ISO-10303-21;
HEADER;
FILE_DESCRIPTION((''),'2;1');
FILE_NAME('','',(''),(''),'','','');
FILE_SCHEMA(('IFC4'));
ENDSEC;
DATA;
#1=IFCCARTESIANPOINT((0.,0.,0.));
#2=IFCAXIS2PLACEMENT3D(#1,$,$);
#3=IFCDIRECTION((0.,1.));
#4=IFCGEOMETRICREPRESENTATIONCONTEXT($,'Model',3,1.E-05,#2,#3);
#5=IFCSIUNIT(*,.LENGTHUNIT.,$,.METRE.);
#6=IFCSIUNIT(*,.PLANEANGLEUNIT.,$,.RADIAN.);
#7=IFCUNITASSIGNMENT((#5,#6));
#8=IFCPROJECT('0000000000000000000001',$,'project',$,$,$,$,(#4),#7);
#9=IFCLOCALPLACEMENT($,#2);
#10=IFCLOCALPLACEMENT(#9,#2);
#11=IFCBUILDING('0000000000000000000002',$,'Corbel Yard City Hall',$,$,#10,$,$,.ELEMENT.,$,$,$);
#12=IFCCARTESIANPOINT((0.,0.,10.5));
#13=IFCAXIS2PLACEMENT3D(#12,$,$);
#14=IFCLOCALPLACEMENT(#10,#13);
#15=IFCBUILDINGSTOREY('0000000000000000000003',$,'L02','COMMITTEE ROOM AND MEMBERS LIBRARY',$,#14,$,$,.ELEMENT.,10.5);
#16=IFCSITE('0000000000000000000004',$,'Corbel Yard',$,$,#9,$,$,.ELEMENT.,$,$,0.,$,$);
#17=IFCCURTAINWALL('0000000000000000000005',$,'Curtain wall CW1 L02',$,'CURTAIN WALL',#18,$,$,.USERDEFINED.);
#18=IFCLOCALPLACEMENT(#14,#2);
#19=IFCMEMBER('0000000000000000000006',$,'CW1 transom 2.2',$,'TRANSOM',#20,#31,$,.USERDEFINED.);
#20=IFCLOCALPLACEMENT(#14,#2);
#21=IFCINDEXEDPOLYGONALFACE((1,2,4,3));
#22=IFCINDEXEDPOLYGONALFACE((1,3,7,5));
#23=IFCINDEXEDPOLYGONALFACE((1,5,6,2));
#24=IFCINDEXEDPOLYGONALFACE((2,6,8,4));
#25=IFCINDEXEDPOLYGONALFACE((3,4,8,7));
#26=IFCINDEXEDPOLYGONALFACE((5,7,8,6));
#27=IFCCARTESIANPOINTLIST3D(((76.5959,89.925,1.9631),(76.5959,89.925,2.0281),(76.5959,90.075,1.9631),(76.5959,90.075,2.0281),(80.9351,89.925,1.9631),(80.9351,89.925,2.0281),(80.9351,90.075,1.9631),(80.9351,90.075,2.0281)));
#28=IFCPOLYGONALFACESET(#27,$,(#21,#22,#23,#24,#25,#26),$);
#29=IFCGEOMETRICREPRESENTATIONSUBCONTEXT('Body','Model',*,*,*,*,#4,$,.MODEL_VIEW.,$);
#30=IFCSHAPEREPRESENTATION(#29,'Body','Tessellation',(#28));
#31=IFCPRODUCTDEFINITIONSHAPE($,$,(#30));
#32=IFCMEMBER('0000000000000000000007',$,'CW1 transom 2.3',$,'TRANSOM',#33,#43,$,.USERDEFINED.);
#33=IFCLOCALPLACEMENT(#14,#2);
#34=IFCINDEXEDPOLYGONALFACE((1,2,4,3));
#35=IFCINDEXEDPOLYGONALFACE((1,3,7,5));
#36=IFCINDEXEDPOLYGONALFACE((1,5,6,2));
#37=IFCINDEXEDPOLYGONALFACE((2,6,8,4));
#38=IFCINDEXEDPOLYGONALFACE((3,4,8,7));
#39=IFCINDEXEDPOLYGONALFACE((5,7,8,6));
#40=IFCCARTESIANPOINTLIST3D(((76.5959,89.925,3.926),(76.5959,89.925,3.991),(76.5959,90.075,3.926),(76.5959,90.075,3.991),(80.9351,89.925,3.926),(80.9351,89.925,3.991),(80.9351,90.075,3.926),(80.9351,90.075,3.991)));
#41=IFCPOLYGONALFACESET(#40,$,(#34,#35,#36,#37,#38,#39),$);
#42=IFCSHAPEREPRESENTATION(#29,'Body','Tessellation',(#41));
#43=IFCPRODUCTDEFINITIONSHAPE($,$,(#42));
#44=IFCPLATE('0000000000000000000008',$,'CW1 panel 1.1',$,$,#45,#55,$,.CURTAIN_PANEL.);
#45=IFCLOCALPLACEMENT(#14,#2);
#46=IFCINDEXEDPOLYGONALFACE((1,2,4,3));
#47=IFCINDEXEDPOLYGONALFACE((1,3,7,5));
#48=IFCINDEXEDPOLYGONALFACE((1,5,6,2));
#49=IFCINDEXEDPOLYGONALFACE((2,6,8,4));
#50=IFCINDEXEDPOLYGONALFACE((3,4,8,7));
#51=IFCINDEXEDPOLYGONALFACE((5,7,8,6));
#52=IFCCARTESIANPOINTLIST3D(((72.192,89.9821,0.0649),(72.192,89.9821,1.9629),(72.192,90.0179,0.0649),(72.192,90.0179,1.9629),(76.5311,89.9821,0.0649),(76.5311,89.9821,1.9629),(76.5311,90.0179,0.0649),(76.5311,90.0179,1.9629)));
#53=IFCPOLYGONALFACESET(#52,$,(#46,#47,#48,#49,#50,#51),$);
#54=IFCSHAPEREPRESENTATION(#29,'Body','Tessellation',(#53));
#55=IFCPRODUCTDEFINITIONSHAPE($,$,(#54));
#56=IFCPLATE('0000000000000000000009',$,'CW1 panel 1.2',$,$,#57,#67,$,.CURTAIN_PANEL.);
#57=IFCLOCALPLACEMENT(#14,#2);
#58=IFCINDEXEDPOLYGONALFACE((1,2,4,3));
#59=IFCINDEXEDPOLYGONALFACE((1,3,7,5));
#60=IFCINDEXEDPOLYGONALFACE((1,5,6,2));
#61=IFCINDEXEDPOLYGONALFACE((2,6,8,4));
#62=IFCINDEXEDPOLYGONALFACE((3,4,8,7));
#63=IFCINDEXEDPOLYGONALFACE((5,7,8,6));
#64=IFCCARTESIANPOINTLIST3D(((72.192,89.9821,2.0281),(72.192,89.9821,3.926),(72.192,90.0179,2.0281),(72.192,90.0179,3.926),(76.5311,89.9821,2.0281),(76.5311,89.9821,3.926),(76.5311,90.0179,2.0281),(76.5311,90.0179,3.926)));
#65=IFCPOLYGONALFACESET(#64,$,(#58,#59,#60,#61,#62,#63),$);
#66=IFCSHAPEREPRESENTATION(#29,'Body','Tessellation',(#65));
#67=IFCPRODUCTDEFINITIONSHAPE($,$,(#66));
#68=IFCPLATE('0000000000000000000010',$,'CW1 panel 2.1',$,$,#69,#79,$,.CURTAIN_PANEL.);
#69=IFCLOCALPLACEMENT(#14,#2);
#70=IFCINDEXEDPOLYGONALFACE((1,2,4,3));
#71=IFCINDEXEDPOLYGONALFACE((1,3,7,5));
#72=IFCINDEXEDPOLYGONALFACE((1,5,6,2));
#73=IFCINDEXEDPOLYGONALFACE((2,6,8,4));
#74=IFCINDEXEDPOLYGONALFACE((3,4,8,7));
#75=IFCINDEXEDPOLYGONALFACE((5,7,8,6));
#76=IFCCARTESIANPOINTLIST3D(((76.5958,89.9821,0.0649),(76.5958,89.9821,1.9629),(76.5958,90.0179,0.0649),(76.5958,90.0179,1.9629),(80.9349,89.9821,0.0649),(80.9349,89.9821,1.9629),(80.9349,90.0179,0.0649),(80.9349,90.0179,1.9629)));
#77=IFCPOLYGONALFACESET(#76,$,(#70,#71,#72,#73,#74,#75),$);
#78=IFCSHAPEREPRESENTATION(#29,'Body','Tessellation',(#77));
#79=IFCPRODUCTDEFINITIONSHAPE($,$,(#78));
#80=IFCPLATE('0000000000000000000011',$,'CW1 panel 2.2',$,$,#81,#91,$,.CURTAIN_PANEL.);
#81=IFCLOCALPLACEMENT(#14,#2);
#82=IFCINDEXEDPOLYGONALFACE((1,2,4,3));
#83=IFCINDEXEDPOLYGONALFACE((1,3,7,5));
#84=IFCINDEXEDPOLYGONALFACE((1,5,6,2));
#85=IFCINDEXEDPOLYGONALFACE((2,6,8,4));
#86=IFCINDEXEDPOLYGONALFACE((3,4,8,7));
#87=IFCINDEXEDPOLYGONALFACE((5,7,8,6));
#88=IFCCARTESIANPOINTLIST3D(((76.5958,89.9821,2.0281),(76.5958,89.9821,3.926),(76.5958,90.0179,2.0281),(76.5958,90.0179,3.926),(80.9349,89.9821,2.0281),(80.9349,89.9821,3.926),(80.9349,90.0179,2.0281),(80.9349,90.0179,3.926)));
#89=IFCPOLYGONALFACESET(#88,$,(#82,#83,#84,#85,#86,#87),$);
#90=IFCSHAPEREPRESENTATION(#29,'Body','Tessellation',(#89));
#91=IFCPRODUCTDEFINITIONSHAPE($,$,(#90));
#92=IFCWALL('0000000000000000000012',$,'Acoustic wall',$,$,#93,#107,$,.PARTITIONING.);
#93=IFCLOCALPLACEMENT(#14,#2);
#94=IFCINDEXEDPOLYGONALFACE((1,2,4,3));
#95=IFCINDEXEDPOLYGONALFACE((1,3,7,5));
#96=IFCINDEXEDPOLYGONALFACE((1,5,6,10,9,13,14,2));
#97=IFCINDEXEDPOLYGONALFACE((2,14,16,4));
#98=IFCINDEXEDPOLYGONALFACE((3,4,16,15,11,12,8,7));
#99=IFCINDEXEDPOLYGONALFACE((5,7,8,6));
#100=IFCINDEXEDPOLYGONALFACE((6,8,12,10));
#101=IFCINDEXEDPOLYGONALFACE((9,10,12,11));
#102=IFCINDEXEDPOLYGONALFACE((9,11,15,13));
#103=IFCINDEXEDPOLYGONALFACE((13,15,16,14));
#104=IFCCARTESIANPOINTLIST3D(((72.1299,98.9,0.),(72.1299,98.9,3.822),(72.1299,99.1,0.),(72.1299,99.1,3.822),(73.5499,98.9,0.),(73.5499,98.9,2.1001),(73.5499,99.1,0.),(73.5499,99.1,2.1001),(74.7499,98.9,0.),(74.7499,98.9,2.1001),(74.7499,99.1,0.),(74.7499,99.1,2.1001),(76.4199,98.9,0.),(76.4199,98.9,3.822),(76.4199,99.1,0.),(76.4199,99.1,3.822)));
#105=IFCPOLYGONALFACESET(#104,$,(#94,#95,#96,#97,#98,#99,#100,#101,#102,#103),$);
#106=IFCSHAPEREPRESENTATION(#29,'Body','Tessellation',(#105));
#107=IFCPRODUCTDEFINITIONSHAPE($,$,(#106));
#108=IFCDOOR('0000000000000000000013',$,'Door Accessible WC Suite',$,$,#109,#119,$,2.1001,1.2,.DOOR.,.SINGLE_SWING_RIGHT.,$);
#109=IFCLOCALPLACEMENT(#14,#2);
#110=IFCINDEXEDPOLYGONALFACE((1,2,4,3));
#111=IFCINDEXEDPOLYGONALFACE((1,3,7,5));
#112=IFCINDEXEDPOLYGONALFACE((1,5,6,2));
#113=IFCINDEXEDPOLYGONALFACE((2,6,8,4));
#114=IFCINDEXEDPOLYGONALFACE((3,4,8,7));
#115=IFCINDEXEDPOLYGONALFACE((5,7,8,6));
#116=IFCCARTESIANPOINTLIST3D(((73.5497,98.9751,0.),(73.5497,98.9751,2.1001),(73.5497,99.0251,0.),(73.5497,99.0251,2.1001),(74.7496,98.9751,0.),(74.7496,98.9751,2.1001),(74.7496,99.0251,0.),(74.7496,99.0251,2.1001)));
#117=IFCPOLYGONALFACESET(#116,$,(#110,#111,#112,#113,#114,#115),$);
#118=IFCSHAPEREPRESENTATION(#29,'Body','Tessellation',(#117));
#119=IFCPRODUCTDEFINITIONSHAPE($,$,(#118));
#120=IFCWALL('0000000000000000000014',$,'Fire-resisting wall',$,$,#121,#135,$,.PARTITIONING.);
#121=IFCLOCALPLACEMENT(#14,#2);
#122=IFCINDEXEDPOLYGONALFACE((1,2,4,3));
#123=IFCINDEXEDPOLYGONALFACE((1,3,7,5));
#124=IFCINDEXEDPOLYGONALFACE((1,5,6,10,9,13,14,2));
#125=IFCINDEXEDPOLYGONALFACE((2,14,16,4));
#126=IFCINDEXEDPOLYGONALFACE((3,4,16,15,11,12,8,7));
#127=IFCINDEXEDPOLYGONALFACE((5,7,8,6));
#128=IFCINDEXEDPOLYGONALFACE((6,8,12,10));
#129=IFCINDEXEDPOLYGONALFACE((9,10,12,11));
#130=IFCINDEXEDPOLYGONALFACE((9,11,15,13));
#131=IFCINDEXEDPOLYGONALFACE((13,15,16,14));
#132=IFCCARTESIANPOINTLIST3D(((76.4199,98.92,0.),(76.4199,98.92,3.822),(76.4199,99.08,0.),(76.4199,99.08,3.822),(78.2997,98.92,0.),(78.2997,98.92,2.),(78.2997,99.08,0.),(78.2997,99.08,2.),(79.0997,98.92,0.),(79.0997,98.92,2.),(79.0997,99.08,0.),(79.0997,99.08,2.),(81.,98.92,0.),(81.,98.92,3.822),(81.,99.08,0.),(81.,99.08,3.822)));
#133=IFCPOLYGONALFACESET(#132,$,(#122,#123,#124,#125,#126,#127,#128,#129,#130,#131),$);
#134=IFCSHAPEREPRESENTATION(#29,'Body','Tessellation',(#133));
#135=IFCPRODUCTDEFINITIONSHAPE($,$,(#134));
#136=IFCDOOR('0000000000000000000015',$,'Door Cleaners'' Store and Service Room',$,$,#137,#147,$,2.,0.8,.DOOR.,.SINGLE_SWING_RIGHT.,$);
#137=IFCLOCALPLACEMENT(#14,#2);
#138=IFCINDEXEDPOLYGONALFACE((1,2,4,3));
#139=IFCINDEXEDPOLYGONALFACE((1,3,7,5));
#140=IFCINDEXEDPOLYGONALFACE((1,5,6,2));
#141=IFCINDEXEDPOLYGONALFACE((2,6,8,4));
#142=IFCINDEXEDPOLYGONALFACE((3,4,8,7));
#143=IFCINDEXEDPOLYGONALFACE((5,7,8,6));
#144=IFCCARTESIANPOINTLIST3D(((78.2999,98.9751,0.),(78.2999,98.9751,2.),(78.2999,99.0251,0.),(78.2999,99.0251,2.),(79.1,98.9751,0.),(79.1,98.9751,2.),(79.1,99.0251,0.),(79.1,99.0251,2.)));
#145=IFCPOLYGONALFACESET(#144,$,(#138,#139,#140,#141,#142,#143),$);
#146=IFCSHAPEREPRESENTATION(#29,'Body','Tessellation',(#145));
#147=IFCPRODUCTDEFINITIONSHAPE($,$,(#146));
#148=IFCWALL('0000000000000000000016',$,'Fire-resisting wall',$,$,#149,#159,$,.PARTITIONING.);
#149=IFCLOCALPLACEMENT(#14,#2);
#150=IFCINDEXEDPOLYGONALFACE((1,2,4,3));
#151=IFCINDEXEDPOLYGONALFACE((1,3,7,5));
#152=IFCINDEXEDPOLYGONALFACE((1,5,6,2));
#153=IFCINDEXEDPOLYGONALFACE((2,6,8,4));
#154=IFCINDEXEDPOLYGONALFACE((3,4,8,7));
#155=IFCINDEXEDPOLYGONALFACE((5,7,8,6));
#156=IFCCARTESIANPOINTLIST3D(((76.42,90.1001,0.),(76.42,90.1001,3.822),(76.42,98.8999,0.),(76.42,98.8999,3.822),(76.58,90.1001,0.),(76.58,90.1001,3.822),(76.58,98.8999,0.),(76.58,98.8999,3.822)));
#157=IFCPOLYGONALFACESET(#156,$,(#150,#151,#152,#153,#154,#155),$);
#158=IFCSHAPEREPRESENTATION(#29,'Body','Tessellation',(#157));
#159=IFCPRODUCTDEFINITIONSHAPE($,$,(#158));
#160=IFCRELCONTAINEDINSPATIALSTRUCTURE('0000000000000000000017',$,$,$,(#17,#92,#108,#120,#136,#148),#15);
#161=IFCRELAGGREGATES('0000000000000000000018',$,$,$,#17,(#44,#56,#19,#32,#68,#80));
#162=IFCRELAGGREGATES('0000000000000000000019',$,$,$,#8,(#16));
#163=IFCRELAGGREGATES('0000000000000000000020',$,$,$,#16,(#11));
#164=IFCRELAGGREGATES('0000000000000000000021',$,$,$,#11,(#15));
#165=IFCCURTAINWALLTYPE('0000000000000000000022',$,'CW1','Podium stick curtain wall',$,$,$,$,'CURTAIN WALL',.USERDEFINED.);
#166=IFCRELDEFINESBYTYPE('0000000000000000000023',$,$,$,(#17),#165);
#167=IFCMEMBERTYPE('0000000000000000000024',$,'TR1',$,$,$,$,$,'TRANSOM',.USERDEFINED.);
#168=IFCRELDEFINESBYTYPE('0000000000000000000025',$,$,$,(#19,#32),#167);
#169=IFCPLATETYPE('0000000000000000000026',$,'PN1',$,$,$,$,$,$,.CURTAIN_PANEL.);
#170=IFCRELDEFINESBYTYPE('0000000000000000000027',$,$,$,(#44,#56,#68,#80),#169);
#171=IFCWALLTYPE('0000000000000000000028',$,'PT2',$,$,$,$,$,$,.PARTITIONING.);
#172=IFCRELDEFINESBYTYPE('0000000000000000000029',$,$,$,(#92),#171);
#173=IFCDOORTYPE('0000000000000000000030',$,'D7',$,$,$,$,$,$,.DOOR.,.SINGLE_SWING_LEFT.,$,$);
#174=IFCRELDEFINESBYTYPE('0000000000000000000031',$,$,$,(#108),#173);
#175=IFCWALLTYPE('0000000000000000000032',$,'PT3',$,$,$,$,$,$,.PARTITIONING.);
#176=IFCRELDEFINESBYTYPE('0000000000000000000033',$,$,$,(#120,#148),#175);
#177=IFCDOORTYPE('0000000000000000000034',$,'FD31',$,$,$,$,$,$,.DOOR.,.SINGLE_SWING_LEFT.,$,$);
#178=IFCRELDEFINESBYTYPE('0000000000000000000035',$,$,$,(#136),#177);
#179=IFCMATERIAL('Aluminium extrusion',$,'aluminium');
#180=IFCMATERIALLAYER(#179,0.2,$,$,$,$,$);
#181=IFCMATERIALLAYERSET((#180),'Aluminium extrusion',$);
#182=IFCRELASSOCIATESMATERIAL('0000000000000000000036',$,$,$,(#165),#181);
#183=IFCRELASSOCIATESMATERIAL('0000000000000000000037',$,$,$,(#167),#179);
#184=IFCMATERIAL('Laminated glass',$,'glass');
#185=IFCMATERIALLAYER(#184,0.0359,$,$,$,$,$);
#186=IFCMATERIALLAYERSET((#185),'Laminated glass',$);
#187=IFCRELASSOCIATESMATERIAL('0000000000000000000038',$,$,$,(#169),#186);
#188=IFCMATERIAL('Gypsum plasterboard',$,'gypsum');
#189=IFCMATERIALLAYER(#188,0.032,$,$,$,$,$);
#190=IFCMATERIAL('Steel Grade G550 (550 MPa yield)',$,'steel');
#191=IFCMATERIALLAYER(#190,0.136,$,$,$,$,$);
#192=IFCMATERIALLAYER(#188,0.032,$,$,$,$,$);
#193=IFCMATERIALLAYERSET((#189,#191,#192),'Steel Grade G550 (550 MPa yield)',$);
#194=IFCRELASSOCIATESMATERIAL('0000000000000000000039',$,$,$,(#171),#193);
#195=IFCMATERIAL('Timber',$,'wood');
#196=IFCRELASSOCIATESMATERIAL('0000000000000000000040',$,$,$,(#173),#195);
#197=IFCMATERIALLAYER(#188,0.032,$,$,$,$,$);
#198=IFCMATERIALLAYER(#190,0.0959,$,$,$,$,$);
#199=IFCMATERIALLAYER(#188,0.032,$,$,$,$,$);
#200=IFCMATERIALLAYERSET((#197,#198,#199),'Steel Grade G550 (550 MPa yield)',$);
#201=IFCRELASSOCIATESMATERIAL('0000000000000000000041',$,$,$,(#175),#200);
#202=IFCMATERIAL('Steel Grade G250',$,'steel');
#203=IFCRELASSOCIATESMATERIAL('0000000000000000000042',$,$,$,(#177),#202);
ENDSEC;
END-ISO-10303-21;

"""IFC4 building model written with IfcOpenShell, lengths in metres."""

from ifc_helpers import new_model, si_unit, direction, frame, frame_2d, origin, origin_2d, place, context, subcontext, project, spatial, rectangle, extrude, material, layer, layer_set, material_profile, profile_set, type_object, element, fill, aggregate, save


model = new_model("IFC4")

# Units and contexts
model_context = context("Model", 3, precision=1e-05, world=origin(), true_north=direction((0.0, 1.0)))
body_context = subcontext(model_context, "Body", "Model", "MODEL_VIEW")
ifc_project = project(units=[si_unit("LENGTHUNIT", "METRE"), si_unit("PLANEANGLEUNIT", "RADIAN")], contexts=[model_context])

# Site, building, storey
site_placement = place(None, origin())
site = spatial("IfcSite", under=ifc_project, at=site_placement, Name="Corbel Yard", CompositionType="ELEMENT", RefElevation=0.0)
building_placement = place(site_placement, origin())
building = spatial("IfcBuilding", under=site, at=building_placement, Name="Corbel Yard City Hall", CompositionType="ELEMENT")
storey_placement = place(building_placement, frame((0.0, 0.0, 10.5)))
storey = spatial("IfcBuildingStorey", under=building, at=storey_placement, Name="L02", Description="COMMITTEE ROOM AND MEMBERS LIBRARY", CompositionType="ELEMENT", Elevation=10.5)

# Curtain wall
ifc_material_1 = material(Name="Aluminium extrusion", Category="aluminium")
ifc_layer_1 = layer(ifc_material_1, 0.2)
ifc_layer_set_1 = layer_set([ifc_layer_1], Name="Aluminium extrusion")
curtain_wall_type = type_object("IfcCurtainWallType", Name="CW1", Description="Podium stick curtain wall", ElementType="CURTAIN WALL", PredefinedType="USERDEFINED", material=ifc_layer_set_1)
curtain_wall_placement = place(storey_placement, origin())
curtain_wall = element("IfcCurtainWall", 1, at=curtain_wall_placement, inside=storey, type_object=curtain_wall_type, Name="Curtain wall CW1 L02", ObjectType="CURTAIN WALL", PredefinedType="USERDEFINED")

# Members
ifc_material_profile_1 = material_profile(ifc_material_1, rectangle(XDim=0.1499, YDim=0.0649, at=origin_2d()), Name="150x65")
ifc_profile_set_1 = profile_set([ifc_material_profile_1], Name="Aluminium extrusion")
member_type_1 = type_object("IfcMemberType", Name="TR1", ElementType="TRANSOM", PredefinedType="USERDEFINED", material=ifc_profile_set_1)
member_1_placement = place(storey_placement, frame((76.5959, 90.0, 1.9956), z_axis=(1.0, 0.0, 0.0), x_axis=(0.0, 1.0, 0.0)))
member_1 = element("IfcMember", 2, at=member_1_placement, type_object=member_type_1, Name="CW1 transom 2.2", ObjectType="TRANSOM", PredefinedType="USERDEFINED", context=body_context, shape_type="SweptSolid", body=[
    extrude(rectangle(XDim=0.1499, YDim=0.0649, at=origin_2d()), origin(), (0.0, 0.0, 1.0), 4.3391),
])
member_2_placement = place(storey_placement, frame((76.5959, 90.0, 3.9585), z_axis=(1.0, 0.0, 0.0), x_axis=(0.0, 1.0, 0.0)))
member_2 = element("IfcMember", 3, at=member_2_placement, type_object=member_type_1, Name="CW1 transom 2.3", ObjectType="TRANSOM", PredefinedType="USERDEFINED", context=body_context, shape_type="SweptSolid", body=[
    extrude(rectangle(XDim=0.1499, YDim=0.0649, at=origin_2d()), origin(), (0.0, 0.0, 1.0), 4.3391),
])

# Plates
ifc_material_2 = material(Name="Laminated glass", Category="glass")
ifc_layer_2 = layer(ifc_material_2, 0.0359)
ifc_layer_set_2 = layer_set([ifc_layer_2], Name="Laminated glass")
plate_type = type_object("IfcPlateType", Name="PN1", PredefinedType="CURTAIN_PANEL", material=ifc_layer_set_2)
plate_1_placement = place(storey_placement, frame((74.3616, 90.0, 0.0649), z_axis=(0.0, 0.0, 1.0), x_axis=(1.0, 0.0, 0.0)))
plate_1 = element("IfcPlate", 4, at=plate_1_placement, type_object=plate_type, Name="CW1 panel 1.1", PredefinedType="CURTAIN_PANEL", context=body_context, shape_type="SweptSolid", body=[
    extrude(rectangle(XDim=4.3391, YDim=0.0359, at=origin_2d()), origin(), (0.0, 0.0, 1.0), 1.8979),
])
plate_2_placement = place(storey_placement, frame((74.3616, 90.0, 2.0281), z_axis=(0.0, 0.0, 1.0), x_axis=(1.0, 0.0, 0.0)))
plate_2 = element("IfcPlate", 5, at=plate_2_placement, type_object=plate_type, Name="CW1 panel 1.2", PredefinedType="CURTAIN_PANEL", context=body_context, shape_type="SweptSolid", body=[
    extrude(rectangle(XDim=4.3391, YDim=0.0359, at=origin_2d()), origin(), (0.0, 0.0, 1.0), 1.8979),
])
plate_3_placement = place(storey_placement, frame((78.7654, 90.0, 0.0649), z_axis=(0.0, 0.0, 1.0), x_axis=(1.0, 0.0, 0.0)))
plate_3 = element("IfcPlate", 6, at=plate_3_placement, type_object=plate_type, Name="CW1 panel 2.1", PredefinedType="CURTAIN_PANEL", context=body_context, shape_type="SweptSolid", body=[
    extrude(rectangle(XDim=4.3391, YDim=0.0359, at=origin_2d()), origin(), (0.0, 0.0, 1.0), 1.8979),
])
plate_4_placement = place(storey_placement, frame((78.7654, 90.0, 2.0281), z_axis=(0.0, 0.0, 1.0), x_axis=(1.0, 0.0, 0.0)))
plate_4 = element("IfcPlate", 7, at=plate_4_placement, type_object=plate_type, Name="CW1 panel 2.2", PredefinedType="CURTAIN_PANEL", context=body_context, shape_type="SweptSolid", body=[
    extrude(rectangle(XDim=4.3391, YDim=0.0359, at=origin_2d()), origin(), (0.0, 0.0, 1.0), 1.8979),
])
aggregate(curtain_wall, [plate_1, plate_2, member_1, member_2, plate_3, plate_4])

# Walls, openings, doors
ifc_material_3 = material(Name="Gypsum plasterboard", Category="gypsum")
ifc_layer_3 = layer(ifc_material_3, 0.032)
ifc_material_4 = material(Name="Steel Grade G550 (550 MPa yield)", Category="steel")
ifc_layer_4 = layer(ifc_material_4, 0.136)
ifc_layer_5 = layer(ifc_material_3, 0.032)
ifc_layer_set_3 = layer_set([ifc_layer_3, ifc_layer_4, ifc_layer_5], Name="Steel Grade G550 (550 MPa yield)")
wall_type_1 = type_object("IfcWallType", Name="PT2", PredefinedType="PARTITIONING", material=ifc_layer_set_3)
wall_1_placement = place(storey_placement, frame((72.1299, 99.0, 0.0), z_axis=(0.0, 0.0, 1.0), x_axis=(1.0, 0.0, 0.0)))
wall_1 = element("IfcWall", 8, at=wall_1_placement, inside=storey, type_object=wall_type_1, Name="Acoustic wall", PredefinedType="PARTITIONING", context=body_context, shape_type="SweptSolid", body=[
    extrude(rectangle(XDim=4.29, YDim=0.2, at=frame_2d((2.145, 0.0))), origin(), (0.0, 0.0, 1.0), 3.822),
])
opening_1_placement = place(wall_1_placement, frame((1.4199, 0.0, 0.0)))
opening_1 = element("IfcOpeningElement", 9, at=opening_1_placement, cuts=wall_1, PredefinedType="OPENING", context=body_context, shape_type="SweptSolid", body=[
    extrude(rectangle(XDim=1.2, YDim=2.1001, at=frame_2d((0.6001, 1.05))), frame((0.0, 0.1099, 0.0), z_axis=(0.0, -1.0, 0.0), x_axis=(1.0, 0.0, 0.0)), (0.0, 0.0, 1.0), 0.22),
])
ifc_material_5 = material(Name="Timber", Category="wood")
door_type_1 = type_object("IfcDoorType", Name="D7", OperationType="SINGLE_SWING_LEFT", PredefinedType="DOOR", material=ifc_material_5)
door_1_placement = place(opening_1_placement, frame((1.2, 0.0, 0.0), z_axis=(0.0, 0.0, 1.0), x_axis=(-1.0, 0.0, 0.0)))
door_1 = element("IfcDoor", 10, at=door_1_placement, inside=storey, type_object=door_type_1, Name="Door Accessible WC Suite", OperationType="SINGLE_SWING_RIGHT", OverallHeight=2.1001, OverallWidth=1.2, PredefinedType="DOOR", context=body_context, shape_type="SweptSolid", body=[
    extrude(rectangle(XDim=1.2, YDim=2.1001, at=frame_2d((0.6001, 1.05))), frame((0.0, 0.0249, 0.0), z_axis=(0.0, -1.0, 0.0), x_axis=(1.0, 0.0, 0.0)), (0.0, 0.0, 1.0), 0.05),
])
fill(opening_1, door_1)
ifc_layer_6 = layer(ifc_material_3, 0.032)
ifc_layer_7 = layer(ifc_material_4, 0.0959)
ifc_layer_8 = layer(ifc_material_3, 0.032)
ifc_layer_set_4 = layer_set([ifc_layer_6, ifc_layer_7, ifc_layer_8], Name="Steel Grade G550 (550 MPa yield)")
wall_type_2 = type_object("IfcWallType", Name="PT3", PredefinedType="PARTITIONING", material=ifc_layer_set_4)
wall_2_placement = place(storey_placement, frame((76.4199, 99.0, 0.0), z_axis=(0.0, 0.0, 1.0), x_axis=(1.0, 0.0, 0.0)))
wall_2 = element("IfcWall", 11, at=wall_2_placement, inside=storey, type_object=wall_type_2, Name="Fire-resisting wall", PredefinedType="PARTITIONING", context=body_context, shape_type="SweptSolid", body=[
    extrude(rectangle(XDim=4.5801, YDim=0.1599, at=frame_2d((2.29, 0.0))), origin(), (0.0, 0.0, 1.0), 3.822),
])
opening_2_placement = place(wall_2_placement, frame((1.8799, 0.0, 0.0)))
opening_2 = element("IfcOpeningElement", 12, at=opening_2_placement, cuts=wall_2, PredefinedType="OPENING", context=body_context, shape_type="SweptSolid", body=[
    extrude(rectangle(XDim=0.8, YDim=2.0, at=frame_2d((0.3999, 1.0))), frame((0.0, 0.0898, 0.0), z_axis=(0.0, -1.0, 0.0), x_axis=(1.0, 0.0, 0.0)), (0.0, 0.0, 1.0), 0.1799),
])
ifc_material_6 = material(Name="Steel Grade G250", Category="steel")
door_type_2 = type_object("IfcDoorType", Name="FD31", OperationType="SINGLE_SWING_LEFT", PredefinedType="DOOR", material=ifc_material_6)
door_2_placement = place(opening_2_placement, frame((0.8, 0.0, 0.0), z_axis=(0.0, 0.0, 1.0), x_axis=(-1.0, 0.0, 0.0)))
door_2 = element("IfcDoor", 13, at=door_2_placement, inside=storey, type_object=door_type_2, Name="Door Cleaners' Store and Service Room", OperationType="SINGLE_SWING_RIGHT", OverallHeight=2.0, OverallWidth=0.8, PredefinedType="DOOR", context=body_context, shape_type="SweptSolid", body=[
    extrude(rectangle(XDim=0.8, YDim=2.0, at=frame_2d((0.3999, 1.0))), frame((0.0, 0.0249, 0.0), z_axis=(0.0, -1.0, 0.0), x_axis=(1.0, 0.0, 0.0)), (0.0, 0.0, 1.0), 0.05),
])
fill(opening_2, door_2)

# Wall
wall_3_placement = place(storey_placement, frame((76.5, 90.1001, 0.0), z_axis=(0.0, 0.0, 1.0), x_axis=(0.0, 1.0, 0.0)))
element("IfcWall", 14, at=wall_3_placement, inside=storey, type_object=wall_type_2, Name="Fire-resisting wall", PredefinedType="PARTITIONING", context=body_context, shape_type="SweptSolid", body=[
    extrude(rectangle(XDim=8.7998, YDim=0.1599, at=frame_2d((4.3999, 0.0))), origin(), (0.0, 0.0, 1.0), 3.822),
])

save(model, "model.ifc")
